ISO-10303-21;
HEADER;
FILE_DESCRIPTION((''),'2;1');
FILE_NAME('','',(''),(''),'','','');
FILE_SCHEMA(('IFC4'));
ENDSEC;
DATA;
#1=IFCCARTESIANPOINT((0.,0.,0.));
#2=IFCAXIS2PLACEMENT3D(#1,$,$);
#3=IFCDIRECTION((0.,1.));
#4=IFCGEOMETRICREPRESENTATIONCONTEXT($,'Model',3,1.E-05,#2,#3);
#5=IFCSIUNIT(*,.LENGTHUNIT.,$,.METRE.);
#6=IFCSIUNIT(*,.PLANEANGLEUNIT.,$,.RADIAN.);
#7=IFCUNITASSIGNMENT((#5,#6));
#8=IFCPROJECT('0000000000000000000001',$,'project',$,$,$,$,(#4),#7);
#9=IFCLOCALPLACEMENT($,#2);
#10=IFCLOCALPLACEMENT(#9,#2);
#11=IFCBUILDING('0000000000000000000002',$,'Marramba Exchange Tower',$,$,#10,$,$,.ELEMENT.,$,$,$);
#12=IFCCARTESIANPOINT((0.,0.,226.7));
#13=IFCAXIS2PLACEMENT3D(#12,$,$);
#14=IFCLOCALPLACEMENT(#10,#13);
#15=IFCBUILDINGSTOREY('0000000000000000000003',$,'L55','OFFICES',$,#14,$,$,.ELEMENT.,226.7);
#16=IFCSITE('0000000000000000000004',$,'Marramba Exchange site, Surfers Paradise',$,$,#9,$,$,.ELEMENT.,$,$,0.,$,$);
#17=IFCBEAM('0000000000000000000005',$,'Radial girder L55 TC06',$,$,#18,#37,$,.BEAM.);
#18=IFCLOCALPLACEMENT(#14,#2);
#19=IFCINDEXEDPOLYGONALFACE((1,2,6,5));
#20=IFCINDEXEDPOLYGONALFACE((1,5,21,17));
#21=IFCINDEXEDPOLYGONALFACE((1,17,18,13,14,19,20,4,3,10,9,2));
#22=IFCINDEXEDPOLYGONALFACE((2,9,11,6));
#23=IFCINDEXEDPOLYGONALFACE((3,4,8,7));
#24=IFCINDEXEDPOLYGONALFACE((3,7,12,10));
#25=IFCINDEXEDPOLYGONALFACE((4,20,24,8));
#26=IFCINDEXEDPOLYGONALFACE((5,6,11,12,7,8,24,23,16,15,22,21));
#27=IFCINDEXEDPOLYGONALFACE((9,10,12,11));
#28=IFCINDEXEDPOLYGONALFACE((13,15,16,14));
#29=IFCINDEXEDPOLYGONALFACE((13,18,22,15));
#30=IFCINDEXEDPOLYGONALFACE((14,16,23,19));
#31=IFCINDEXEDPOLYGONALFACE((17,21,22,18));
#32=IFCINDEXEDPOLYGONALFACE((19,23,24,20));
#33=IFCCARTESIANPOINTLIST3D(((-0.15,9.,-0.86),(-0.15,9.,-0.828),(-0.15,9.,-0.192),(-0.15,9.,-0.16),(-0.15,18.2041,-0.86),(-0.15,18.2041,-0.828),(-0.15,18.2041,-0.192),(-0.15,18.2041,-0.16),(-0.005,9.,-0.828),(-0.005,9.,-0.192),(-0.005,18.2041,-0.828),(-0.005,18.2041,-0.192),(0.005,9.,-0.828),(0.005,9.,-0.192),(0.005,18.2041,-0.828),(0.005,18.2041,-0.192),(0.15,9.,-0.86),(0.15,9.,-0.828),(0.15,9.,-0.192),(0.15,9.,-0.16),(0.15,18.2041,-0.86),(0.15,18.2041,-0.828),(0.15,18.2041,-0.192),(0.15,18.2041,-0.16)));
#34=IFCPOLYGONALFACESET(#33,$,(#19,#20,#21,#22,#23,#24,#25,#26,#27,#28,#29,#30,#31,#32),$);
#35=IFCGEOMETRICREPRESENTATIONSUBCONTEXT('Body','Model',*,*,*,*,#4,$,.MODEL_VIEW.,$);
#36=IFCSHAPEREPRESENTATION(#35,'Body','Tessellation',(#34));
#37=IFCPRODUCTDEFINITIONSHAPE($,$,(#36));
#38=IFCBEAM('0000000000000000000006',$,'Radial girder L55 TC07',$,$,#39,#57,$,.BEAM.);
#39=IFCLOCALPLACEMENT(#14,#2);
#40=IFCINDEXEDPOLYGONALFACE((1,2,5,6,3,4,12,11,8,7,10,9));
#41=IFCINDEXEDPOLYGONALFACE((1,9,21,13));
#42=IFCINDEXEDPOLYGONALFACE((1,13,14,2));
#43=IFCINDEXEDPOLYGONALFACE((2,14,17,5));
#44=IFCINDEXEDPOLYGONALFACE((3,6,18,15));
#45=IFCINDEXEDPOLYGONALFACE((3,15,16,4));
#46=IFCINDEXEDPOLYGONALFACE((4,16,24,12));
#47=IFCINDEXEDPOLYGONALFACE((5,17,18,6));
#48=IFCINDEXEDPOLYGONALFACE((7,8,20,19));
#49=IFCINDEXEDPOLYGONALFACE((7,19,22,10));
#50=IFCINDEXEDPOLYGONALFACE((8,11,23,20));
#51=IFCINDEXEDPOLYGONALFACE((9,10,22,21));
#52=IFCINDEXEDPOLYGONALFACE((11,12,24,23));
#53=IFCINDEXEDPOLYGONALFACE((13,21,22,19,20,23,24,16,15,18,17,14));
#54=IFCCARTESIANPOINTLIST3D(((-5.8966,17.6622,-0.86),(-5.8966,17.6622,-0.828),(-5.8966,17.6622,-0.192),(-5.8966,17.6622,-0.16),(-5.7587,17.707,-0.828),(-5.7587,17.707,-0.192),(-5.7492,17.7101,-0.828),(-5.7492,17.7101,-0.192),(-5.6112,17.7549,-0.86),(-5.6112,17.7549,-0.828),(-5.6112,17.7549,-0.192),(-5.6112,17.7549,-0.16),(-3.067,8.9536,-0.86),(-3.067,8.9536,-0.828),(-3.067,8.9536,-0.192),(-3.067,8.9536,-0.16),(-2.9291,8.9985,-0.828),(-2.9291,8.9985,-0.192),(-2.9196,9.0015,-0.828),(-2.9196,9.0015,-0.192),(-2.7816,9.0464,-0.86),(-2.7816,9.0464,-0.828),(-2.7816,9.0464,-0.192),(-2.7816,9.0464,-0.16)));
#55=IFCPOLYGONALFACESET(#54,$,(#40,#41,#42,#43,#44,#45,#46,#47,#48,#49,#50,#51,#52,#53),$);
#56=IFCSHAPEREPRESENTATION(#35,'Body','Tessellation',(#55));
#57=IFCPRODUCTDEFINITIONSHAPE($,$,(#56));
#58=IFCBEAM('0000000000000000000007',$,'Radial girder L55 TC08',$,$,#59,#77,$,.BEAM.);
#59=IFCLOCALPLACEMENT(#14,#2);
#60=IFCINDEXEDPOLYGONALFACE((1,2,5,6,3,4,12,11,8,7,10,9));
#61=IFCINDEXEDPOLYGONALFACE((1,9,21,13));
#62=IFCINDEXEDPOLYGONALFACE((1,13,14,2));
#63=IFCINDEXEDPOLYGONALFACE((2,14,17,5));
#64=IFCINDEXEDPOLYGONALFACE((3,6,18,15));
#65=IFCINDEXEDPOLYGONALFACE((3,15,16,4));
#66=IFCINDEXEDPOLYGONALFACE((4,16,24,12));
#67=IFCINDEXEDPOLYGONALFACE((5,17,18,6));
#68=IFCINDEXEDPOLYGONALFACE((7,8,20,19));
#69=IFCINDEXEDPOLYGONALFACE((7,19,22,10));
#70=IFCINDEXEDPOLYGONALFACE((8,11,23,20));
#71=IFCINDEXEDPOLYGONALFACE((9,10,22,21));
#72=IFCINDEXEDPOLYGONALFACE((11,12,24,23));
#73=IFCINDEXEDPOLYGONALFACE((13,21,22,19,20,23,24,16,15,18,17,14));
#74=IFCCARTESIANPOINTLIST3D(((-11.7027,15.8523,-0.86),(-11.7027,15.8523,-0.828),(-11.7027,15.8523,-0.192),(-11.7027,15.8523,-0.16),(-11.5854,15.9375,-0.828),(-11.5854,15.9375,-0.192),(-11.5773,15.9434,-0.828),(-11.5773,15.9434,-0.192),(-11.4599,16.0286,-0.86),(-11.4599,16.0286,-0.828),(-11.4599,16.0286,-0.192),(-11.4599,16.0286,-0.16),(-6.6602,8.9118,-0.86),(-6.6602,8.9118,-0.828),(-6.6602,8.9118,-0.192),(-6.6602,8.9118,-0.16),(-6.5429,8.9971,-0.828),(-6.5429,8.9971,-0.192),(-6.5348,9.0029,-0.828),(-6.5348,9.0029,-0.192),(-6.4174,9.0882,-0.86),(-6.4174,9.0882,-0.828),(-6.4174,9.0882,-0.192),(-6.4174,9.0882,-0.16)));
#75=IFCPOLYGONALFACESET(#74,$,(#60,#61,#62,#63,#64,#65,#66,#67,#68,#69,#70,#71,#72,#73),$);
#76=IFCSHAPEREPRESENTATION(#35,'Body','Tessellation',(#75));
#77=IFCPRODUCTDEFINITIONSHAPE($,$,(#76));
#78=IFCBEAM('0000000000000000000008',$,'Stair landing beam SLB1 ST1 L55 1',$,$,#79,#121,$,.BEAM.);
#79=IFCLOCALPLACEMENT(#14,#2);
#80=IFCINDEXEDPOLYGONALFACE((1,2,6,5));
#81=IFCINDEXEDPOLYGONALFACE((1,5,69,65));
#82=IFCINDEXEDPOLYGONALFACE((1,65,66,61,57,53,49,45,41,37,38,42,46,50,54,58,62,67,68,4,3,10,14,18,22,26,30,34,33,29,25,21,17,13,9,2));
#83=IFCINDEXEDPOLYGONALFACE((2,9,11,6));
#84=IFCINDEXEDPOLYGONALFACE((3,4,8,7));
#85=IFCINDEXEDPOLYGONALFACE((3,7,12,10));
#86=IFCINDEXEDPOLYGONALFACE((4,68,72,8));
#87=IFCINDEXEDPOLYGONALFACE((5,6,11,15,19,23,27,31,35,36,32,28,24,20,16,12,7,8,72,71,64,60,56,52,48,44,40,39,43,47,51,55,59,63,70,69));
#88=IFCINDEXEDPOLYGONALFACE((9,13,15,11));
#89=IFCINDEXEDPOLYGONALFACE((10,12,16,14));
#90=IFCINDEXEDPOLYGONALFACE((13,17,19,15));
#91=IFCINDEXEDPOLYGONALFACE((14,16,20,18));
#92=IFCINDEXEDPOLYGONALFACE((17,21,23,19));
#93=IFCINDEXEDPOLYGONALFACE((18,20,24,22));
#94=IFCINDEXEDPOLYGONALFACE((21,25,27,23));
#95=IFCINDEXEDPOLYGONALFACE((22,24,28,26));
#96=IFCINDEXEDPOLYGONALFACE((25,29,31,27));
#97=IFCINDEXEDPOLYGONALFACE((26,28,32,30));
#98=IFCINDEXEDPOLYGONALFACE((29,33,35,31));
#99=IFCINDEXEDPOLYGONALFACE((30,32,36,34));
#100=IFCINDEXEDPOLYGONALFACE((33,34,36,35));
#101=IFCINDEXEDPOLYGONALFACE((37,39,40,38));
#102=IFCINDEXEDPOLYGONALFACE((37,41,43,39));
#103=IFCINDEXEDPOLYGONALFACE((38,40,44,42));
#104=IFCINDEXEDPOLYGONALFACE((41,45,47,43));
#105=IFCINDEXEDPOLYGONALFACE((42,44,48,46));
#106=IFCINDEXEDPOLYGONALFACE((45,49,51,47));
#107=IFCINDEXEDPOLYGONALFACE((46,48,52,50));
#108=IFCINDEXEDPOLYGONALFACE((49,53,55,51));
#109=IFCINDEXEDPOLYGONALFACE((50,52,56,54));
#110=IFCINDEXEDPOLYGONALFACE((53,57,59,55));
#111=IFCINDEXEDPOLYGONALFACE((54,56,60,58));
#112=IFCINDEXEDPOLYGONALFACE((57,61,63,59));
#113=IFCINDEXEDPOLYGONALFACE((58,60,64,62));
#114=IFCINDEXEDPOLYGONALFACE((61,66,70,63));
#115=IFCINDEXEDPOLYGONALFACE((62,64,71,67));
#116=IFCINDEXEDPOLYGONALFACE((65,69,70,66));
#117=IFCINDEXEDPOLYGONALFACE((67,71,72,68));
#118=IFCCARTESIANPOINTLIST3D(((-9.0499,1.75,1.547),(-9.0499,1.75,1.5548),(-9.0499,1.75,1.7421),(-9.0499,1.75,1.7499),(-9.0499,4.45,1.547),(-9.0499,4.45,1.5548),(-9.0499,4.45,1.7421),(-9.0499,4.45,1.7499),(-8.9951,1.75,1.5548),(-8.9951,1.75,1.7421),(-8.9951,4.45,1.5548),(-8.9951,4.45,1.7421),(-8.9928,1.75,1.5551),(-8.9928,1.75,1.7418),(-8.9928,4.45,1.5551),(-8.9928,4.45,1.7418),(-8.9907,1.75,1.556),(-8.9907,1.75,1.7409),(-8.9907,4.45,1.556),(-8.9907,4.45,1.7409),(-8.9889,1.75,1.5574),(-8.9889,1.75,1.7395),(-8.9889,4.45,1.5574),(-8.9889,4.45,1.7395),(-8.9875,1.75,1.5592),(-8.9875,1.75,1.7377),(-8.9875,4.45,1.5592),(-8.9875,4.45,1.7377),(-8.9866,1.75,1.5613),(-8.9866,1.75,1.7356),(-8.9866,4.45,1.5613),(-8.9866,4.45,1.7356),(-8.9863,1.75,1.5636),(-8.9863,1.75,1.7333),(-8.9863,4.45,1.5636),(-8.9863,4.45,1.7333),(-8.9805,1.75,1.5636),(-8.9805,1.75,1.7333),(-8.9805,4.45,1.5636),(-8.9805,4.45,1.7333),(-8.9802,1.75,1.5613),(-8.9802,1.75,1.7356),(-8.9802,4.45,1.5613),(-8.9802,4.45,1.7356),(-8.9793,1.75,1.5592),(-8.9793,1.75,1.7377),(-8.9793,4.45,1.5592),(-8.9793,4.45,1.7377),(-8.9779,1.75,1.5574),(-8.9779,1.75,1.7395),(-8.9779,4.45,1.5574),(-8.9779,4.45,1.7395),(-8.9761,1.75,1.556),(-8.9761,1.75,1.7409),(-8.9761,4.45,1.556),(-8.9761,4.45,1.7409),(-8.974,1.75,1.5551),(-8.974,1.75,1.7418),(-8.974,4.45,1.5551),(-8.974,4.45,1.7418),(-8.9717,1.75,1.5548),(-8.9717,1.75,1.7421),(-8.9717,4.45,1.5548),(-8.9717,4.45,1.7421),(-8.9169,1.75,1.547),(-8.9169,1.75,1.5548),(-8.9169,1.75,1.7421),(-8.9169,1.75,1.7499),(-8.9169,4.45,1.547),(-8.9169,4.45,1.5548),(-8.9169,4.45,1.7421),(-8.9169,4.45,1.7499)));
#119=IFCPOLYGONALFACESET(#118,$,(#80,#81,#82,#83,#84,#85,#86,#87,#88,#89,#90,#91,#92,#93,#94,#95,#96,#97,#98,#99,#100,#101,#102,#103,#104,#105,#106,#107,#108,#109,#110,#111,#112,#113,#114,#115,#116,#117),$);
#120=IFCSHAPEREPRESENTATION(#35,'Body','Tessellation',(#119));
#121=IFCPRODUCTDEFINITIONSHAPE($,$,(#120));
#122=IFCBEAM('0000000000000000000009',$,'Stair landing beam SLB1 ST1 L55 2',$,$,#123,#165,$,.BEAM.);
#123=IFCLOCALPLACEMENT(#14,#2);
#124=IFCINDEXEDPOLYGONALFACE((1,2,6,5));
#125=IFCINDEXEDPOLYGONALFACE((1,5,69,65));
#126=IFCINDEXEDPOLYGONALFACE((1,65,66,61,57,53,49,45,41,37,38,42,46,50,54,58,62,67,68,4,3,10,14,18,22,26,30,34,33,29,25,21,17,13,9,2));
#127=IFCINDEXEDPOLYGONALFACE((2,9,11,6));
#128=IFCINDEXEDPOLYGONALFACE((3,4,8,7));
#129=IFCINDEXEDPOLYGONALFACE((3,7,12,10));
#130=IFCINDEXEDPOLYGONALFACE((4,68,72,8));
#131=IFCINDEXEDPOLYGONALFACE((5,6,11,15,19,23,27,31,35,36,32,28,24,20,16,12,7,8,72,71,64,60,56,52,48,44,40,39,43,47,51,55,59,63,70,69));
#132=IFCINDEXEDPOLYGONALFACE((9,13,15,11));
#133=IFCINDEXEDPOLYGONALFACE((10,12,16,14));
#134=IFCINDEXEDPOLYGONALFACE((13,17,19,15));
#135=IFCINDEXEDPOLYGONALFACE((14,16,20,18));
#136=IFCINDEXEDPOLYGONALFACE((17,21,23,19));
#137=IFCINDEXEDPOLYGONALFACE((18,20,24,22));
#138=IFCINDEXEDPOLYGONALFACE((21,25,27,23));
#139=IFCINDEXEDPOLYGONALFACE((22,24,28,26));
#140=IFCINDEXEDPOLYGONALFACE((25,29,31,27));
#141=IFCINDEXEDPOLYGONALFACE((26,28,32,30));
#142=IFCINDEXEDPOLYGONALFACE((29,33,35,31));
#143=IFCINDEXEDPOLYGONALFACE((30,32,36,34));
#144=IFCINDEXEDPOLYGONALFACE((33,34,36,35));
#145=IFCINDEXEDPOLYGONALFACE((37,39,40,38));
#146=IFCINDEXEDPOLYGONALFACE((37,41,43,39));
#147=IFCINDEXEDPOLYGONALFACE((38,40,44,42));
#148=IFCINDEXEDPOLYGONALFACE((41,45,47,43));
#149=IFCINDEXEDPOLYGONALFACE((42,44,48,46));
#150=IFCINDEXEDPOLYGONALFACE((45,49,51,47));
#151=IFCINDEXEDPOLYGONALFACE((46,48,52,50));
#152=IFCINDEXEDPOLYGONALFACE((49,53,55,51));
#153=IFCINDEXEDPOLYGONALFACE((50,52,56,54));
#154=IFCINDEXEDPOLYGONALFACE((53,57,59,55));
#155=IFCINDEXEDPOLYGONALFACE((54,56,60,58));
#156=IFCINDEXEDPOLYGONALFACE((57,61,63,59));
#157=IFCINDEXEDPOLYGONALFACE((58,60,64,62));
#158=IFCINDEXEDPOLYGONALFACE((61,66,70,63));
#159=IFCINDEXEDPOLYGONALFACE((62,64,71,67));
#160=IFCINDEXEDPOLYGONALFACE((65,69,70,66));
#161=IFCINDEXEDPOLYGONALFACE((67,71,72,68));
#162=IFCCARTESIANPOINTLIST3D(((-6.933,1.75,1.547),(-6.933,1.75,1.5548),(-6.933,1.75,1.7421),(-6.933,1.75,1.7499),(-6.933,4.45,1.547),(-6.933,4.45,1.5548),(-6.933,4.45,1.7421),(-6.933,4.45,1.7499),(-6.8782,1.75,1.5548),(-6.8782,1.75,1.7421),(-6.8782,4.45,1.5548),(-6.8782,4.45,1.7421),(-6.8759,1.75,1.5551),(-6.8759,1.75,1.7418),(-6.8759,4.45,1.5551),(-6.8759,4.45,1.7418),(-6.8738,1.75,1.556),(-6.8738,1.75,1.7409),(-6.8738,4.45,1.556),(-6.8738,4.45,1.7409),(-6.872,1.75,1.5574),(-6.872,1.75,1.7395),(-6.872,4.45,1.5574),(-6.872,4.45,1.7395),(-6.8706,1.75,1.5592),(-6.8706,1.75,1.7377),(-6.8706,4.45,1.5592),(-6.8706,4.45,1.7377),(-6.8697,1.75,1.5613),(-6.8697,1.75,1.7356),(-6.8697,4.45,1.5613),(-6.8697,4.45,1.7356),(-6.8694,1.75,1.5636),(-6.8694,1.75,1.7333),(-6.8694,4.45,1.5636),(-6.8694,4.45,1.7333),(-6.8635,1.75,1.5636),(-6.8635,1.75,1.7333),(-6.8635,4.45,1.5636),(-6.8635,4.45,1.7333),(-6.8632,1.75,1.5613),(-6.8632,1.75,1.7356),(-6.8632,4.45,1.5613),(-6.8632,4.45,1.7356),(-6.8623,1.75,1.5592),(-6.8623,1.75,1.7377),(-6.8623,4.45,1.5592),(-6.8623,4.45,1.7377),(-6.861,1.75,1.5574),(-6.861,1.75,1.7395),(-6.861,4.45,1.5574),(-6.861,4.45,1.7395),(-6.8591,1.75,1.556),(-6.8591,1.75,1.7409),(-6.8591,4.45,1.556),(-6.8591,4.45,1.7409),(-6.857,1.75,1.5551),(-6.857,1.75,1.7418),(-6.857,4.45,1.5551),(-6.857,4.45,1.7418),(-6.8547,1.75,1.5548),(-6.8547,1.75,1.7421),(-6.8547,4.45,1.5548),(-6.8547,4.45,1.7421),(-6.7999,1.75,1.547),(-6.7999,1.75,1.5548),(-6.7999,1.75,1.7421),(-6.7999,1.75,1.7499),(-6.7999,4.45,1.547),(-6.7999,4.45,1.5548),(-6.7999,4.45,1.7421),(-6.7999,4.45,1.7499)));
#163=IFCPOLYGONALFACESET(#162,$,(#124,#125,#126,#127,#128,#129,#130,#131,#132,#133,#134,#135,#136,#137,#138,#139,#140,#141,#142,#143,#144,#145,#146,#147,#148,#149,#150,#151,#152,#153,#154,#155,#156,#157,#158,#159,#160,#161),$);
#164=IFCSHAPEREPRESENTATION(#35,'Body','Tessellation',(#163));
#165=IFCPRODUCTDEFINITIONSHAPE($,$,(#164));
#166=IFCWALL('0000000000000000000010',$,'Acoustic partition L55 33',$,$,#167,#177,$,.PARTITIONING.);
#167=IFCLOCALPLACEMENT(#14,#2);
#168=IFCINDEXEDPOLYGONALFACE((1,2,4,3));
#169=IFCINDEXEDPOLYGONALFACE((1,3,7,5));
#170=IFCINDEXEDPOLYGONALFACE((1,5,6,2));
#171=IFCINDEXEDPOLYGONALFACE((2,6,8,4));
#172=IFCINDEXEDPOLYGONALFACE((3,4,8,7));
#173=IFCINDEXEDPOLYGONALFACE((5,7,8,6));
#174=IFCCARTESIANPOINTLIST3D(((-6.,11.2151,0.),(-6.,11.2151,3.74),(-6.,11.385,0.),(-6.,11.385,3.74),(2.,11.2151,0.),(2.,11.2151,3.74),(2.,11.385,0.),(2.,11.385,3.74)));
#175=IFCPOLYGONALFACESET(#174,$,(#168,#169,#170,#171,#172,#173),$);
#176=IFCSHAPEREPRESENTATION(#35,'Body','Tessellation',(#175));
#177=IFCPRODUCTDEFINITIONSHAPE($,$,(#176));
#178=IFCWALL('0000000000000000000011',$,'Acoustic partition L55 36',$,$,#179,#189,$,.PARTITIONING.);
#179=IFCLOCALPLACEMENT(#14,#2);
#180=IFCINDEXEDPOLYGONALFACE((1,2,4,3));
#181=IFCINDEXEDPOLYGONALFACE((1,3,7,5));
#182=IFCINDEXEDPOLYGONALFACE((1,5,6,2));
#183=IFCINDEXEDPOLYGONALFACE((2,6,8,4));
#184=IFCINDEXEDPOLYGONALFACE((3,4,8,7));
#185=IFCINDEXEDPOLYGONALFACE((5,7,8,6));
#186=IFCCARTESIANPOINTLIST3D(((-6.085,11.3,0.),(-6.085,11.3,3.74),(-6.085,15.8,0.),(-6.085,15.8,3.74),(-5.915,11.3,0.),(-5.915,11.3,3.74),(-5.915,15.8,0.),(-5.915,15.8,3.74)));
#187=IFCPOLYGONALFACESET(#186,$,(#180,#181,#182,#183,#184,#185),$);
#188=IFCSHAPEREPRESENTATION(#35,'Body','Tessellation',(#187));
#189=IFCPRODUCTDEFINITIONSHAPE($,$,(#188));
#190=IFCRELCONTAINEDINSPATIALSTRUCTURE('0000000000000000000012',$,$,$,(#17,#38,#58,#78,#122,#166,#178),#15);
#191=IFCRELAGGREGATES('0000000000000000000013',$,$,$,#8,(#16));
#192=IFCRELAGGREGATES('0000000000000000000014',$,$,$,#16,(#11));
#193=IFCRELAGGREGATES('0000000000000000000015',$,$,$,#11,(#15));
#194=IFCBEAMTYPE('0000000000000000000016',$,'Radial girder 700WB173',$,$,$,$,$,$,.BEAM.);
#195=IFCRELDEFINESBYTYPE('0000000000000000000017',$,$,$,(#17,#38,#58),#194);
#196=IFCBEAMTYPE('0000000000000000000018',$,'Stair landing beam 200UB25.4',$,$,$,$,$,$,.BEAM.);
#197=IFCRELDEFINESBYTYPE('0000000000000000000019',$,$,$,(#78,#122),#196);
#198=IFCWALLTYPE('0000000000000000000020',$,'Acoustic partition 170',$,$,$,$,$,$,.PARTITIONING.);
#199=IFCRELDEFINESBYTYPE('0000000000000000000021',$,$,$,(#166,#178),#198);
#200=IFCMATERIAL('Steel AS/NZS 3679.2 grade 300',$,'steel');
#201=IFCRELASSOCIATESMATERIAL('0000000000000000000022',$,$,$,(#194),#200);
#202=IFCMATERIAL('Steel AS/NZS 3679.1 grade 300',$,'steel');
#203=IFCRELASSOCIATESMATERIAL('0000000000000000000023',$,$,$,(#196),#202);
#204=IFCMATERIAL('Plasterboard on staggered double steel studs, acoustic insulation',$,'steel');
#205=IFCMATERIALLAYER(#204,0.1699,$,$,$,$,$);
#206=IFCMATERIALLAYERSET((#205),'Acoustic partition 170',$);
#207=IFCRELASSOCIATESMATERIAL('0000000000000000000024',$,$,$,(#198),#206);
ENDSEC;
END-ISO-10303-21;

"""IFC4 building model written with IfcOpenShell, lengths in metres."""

from ifc_helpers import new_model, si_unit, direction, frame, frame_2d, origin, origin_2d, place, context, subcontext, project, spatial, rectangle, i_section, extrude, material, layer, layer_set, material_profile, profile_set, type_object, element, save


model = new_model("IFC4")

# Units and contexts
model_context = context("Model", 3, precision=1e-05, world=origin(), true_north=direction((0.0, 1.0)))
body_context = subcontext(model_context, "Body", "Model", "MODEL_VIEW")
ifc_project = project(units=[si_unit("LENGTHUNIT", "METRE"), si_unit("PLANEANGLEUNIT", "RADIAN")], contexts=[model_context])

# Site, building, storey
site_placement = place(None, origin())
site = spatial("IfcSite", under=ifc_project, at=site_placement, Name="Marramba Exchange site, Surfers Paradise", CompositionType="ELEMENT", RefElevation=0.0)
building_placement = place(site_placement, origin())
building = spatial("IfcBuilding", under=site, at=building_placement, Name="Marramba Exchange Tower", CompositionType="ELEMENT")
storey_placement = place(building_placement, frame((0.0, 0.0, 226.7)))
storey = spatial("IfcBuildingStorey", under=building, at=storey_placement, Name="L55", Description="OFFICES", CompositionType="ELEMENT", Elevation=226.7)

# Beams
ifc_material_1 = material(Name="Steel AS/NZS 3679.1 grade 300", Category="steel")
ifc_material_2 = material(Name="Steel AS/NZS 3679.2 grade 300", Category="steel")
ifc_material_profile_1 = material_profile(ifc_material_2, i_section(OverallWidth=0.3, OverallDepth=0.7, WebThickness=0.01, FlangeThickness=0.032, at=origin_2d()), Name="700WB173")
ifc_profile_set_1 = profile_set([ifc_material_profile_1], Name="Steel AS/NZS 3679.2 grade 300")
beam_type_1 = type_object("IfcBeamType", Name="Radial girder 700WB173", PredefinedType="BEAM", material=ifc_profile_set_1)
beam_1_placement = place(storey_placement, frame((0.0, 9.0, -0.51), z_axis=(0.0, 1.0, 0.0), x_axis=(-1.0, 0.0, 0.0)))
element("IfcBeam", 1, at=beam_1_placement, inside=storey, type_object=beam_type_1, Name="Radial girder L55 TC06", PredefinedType="BEAM", context=body_context, shape_type="SweptSolid", body=[
    extrude(i_section(OverallWidth=0.3, OverallDepth=0.7, WebThickness=0.01, FlangeThickness=0.032, at=origin_2d()), origin(), (0.0, 0.0, 1.0), 9.2041),
])
beam_2_placement = place(storey_placement, frame((-2.9243, 9.0, -0.51), z_axis=(-0.30902, 0.951056, 0.0), x_axis=(-0.951056, -0.30902, 0.0)))
element("IfcBeam", 2, at=beam_2_placement, inside=storey, type_object=beam_type_1, Name="Radial girder L55 TC07", PredefinedType="BEAM", context=body_context, shape_type="SweptSolid", body=[
    extrude(i_section(OverallWidth=0.3, OverallDepth=0.7, WebThickness=0.01, FlangeThickness=0.032, at=origin_2d()), origin(), (0.0, 0.0, 1.0), 9.1567),
])
beam_3_placement = place(storey_placement, frame((-6.5388, 9.0, -0.51), z_axis=(-0.587782, 0.809019, 0.0), x_axis=(-0.809019, -0.587782, 0.0)))
element("IfcBeam", 3, at=beam_3_placement, inside=storey, type_object=beam_type_1, Name="Radial girder L55 TC08", PredefinedType="BEAM", context=body_context, shape_type="SweptSolid", body=[
    extrude(i_section(OverallWidth=0.3, OverallDepth=0.7, WebThickness=0.01, FlangeThickness=0.032, at=origin_2d()), origin(), (0.0, 0.0, 1.0), 8.5789),
])
ifc_material_profile_2 = material_profile(ifc_material_1, i_section(OverallWidth=0.1331, OverallDepth=0.2029, WebThickness=0.0059, FlangeThickness=0.0078, FilletRadius=0.0088, at=origin_2d()), Name="200UB25.4")
ifc_profile_set_2 = profile_set([ifc_material_profile_2], Name="Steel AS/NZS 3679.1 grade 300")
beam_type_2 = type_object("IfcBeamType", Name="Stair landing beam 200UB25.4", PredefinedType="BEAM", material=ifc_profile_set_2)
for number, where, z_axis, x_axis, name in (
    (4, (-8.9834, 1.75, 1.6484), (0.0, 1.0, 0.0), (-1.0, 0.0, 0.0), "Stair landing beam SLB1 ST1 L55 1"),
    (5, (-6.8665, 1.75, 1.6484), (0.0, 1.0, 0.0), (-1.0, 0.0, 0.0), "Stair landing beam SLB1 ST1 L55 2"),
):
    element("IfcBeam", number, at=place(storey_placement, frame(where, z_axis=z_axis, x_axis=x_axis)), inside=storey, type_object=beam_type_2, Name=name, PredefinedType="BEAM", context=body_context, shape_type="SweptSolid", body=[
        extrude(i_section(OverallWidth=0.1331, OverallDepth=0.2029, WebThickness=0.0059, FlangeThickness=0.0078, FilletRadius=0.0088, at=origin_2d()), origin(), (0.0, 0.0, 1.0), 2.7),
    ])

# Walls
ifc_material_3 = material(Name="Plasterboard on staggered double steel studs, acoustic insulation", Category="steel")
ifc_layer_1 = layer(ifc_material_3, 0.1699)
ifc_layer_set_1 = layer_set([ifc_layer_1], Name="Acoustic partition 170")
wall_type_1 = type_object("IfcWallType", Name="Acoustic partition 170", PredefinedType="PARTITIONING", material=ifc_layer_set_1)
wall_1_placement = place(storey_placement, frame((-6.0, 11.3, 0.0), z_axis=(0.0, 0.0, 1.0), x_axis=(1.0, 0.0, 0.0)))
element("IfcWall", 6, at=wall_1_placement, inside=storey, type_object=wall_type_1, Name="Acoustic partition L55 33", PredefinedType="PARTITIONING", context=body_context, shape_type="SweptSolid", body=[
    extrude(rectangle(XDim=8.0, YDim=0.1699, at=frame_2d((4.0, 0.0))), origin(), (0.0, 0.0, 1.0), 3.74),
])
wall_2_placement = place(storey_placement, frame((-6.0, 15.8, 0.0), z_axis=(0.0, 0.0, 1.0), x_axis=(0.0, -1.0, 0.0)))
element("IfcWall", 7, at=wall_2_placement, inside=storey, type_object=wall_type_1, Name="Acoustic partition L55 36", PredefinedType="PARTITIONING", context=body_context, shape_type="SweptSolid", body=[
    extrude(rectangle(XDim=4.5, YDim=0.1699, at=frame_2d((2.25, 0.0))), origin(), (0.0, 0.0, 1.0), 3.74),
])

save(model, "model.ifc")
